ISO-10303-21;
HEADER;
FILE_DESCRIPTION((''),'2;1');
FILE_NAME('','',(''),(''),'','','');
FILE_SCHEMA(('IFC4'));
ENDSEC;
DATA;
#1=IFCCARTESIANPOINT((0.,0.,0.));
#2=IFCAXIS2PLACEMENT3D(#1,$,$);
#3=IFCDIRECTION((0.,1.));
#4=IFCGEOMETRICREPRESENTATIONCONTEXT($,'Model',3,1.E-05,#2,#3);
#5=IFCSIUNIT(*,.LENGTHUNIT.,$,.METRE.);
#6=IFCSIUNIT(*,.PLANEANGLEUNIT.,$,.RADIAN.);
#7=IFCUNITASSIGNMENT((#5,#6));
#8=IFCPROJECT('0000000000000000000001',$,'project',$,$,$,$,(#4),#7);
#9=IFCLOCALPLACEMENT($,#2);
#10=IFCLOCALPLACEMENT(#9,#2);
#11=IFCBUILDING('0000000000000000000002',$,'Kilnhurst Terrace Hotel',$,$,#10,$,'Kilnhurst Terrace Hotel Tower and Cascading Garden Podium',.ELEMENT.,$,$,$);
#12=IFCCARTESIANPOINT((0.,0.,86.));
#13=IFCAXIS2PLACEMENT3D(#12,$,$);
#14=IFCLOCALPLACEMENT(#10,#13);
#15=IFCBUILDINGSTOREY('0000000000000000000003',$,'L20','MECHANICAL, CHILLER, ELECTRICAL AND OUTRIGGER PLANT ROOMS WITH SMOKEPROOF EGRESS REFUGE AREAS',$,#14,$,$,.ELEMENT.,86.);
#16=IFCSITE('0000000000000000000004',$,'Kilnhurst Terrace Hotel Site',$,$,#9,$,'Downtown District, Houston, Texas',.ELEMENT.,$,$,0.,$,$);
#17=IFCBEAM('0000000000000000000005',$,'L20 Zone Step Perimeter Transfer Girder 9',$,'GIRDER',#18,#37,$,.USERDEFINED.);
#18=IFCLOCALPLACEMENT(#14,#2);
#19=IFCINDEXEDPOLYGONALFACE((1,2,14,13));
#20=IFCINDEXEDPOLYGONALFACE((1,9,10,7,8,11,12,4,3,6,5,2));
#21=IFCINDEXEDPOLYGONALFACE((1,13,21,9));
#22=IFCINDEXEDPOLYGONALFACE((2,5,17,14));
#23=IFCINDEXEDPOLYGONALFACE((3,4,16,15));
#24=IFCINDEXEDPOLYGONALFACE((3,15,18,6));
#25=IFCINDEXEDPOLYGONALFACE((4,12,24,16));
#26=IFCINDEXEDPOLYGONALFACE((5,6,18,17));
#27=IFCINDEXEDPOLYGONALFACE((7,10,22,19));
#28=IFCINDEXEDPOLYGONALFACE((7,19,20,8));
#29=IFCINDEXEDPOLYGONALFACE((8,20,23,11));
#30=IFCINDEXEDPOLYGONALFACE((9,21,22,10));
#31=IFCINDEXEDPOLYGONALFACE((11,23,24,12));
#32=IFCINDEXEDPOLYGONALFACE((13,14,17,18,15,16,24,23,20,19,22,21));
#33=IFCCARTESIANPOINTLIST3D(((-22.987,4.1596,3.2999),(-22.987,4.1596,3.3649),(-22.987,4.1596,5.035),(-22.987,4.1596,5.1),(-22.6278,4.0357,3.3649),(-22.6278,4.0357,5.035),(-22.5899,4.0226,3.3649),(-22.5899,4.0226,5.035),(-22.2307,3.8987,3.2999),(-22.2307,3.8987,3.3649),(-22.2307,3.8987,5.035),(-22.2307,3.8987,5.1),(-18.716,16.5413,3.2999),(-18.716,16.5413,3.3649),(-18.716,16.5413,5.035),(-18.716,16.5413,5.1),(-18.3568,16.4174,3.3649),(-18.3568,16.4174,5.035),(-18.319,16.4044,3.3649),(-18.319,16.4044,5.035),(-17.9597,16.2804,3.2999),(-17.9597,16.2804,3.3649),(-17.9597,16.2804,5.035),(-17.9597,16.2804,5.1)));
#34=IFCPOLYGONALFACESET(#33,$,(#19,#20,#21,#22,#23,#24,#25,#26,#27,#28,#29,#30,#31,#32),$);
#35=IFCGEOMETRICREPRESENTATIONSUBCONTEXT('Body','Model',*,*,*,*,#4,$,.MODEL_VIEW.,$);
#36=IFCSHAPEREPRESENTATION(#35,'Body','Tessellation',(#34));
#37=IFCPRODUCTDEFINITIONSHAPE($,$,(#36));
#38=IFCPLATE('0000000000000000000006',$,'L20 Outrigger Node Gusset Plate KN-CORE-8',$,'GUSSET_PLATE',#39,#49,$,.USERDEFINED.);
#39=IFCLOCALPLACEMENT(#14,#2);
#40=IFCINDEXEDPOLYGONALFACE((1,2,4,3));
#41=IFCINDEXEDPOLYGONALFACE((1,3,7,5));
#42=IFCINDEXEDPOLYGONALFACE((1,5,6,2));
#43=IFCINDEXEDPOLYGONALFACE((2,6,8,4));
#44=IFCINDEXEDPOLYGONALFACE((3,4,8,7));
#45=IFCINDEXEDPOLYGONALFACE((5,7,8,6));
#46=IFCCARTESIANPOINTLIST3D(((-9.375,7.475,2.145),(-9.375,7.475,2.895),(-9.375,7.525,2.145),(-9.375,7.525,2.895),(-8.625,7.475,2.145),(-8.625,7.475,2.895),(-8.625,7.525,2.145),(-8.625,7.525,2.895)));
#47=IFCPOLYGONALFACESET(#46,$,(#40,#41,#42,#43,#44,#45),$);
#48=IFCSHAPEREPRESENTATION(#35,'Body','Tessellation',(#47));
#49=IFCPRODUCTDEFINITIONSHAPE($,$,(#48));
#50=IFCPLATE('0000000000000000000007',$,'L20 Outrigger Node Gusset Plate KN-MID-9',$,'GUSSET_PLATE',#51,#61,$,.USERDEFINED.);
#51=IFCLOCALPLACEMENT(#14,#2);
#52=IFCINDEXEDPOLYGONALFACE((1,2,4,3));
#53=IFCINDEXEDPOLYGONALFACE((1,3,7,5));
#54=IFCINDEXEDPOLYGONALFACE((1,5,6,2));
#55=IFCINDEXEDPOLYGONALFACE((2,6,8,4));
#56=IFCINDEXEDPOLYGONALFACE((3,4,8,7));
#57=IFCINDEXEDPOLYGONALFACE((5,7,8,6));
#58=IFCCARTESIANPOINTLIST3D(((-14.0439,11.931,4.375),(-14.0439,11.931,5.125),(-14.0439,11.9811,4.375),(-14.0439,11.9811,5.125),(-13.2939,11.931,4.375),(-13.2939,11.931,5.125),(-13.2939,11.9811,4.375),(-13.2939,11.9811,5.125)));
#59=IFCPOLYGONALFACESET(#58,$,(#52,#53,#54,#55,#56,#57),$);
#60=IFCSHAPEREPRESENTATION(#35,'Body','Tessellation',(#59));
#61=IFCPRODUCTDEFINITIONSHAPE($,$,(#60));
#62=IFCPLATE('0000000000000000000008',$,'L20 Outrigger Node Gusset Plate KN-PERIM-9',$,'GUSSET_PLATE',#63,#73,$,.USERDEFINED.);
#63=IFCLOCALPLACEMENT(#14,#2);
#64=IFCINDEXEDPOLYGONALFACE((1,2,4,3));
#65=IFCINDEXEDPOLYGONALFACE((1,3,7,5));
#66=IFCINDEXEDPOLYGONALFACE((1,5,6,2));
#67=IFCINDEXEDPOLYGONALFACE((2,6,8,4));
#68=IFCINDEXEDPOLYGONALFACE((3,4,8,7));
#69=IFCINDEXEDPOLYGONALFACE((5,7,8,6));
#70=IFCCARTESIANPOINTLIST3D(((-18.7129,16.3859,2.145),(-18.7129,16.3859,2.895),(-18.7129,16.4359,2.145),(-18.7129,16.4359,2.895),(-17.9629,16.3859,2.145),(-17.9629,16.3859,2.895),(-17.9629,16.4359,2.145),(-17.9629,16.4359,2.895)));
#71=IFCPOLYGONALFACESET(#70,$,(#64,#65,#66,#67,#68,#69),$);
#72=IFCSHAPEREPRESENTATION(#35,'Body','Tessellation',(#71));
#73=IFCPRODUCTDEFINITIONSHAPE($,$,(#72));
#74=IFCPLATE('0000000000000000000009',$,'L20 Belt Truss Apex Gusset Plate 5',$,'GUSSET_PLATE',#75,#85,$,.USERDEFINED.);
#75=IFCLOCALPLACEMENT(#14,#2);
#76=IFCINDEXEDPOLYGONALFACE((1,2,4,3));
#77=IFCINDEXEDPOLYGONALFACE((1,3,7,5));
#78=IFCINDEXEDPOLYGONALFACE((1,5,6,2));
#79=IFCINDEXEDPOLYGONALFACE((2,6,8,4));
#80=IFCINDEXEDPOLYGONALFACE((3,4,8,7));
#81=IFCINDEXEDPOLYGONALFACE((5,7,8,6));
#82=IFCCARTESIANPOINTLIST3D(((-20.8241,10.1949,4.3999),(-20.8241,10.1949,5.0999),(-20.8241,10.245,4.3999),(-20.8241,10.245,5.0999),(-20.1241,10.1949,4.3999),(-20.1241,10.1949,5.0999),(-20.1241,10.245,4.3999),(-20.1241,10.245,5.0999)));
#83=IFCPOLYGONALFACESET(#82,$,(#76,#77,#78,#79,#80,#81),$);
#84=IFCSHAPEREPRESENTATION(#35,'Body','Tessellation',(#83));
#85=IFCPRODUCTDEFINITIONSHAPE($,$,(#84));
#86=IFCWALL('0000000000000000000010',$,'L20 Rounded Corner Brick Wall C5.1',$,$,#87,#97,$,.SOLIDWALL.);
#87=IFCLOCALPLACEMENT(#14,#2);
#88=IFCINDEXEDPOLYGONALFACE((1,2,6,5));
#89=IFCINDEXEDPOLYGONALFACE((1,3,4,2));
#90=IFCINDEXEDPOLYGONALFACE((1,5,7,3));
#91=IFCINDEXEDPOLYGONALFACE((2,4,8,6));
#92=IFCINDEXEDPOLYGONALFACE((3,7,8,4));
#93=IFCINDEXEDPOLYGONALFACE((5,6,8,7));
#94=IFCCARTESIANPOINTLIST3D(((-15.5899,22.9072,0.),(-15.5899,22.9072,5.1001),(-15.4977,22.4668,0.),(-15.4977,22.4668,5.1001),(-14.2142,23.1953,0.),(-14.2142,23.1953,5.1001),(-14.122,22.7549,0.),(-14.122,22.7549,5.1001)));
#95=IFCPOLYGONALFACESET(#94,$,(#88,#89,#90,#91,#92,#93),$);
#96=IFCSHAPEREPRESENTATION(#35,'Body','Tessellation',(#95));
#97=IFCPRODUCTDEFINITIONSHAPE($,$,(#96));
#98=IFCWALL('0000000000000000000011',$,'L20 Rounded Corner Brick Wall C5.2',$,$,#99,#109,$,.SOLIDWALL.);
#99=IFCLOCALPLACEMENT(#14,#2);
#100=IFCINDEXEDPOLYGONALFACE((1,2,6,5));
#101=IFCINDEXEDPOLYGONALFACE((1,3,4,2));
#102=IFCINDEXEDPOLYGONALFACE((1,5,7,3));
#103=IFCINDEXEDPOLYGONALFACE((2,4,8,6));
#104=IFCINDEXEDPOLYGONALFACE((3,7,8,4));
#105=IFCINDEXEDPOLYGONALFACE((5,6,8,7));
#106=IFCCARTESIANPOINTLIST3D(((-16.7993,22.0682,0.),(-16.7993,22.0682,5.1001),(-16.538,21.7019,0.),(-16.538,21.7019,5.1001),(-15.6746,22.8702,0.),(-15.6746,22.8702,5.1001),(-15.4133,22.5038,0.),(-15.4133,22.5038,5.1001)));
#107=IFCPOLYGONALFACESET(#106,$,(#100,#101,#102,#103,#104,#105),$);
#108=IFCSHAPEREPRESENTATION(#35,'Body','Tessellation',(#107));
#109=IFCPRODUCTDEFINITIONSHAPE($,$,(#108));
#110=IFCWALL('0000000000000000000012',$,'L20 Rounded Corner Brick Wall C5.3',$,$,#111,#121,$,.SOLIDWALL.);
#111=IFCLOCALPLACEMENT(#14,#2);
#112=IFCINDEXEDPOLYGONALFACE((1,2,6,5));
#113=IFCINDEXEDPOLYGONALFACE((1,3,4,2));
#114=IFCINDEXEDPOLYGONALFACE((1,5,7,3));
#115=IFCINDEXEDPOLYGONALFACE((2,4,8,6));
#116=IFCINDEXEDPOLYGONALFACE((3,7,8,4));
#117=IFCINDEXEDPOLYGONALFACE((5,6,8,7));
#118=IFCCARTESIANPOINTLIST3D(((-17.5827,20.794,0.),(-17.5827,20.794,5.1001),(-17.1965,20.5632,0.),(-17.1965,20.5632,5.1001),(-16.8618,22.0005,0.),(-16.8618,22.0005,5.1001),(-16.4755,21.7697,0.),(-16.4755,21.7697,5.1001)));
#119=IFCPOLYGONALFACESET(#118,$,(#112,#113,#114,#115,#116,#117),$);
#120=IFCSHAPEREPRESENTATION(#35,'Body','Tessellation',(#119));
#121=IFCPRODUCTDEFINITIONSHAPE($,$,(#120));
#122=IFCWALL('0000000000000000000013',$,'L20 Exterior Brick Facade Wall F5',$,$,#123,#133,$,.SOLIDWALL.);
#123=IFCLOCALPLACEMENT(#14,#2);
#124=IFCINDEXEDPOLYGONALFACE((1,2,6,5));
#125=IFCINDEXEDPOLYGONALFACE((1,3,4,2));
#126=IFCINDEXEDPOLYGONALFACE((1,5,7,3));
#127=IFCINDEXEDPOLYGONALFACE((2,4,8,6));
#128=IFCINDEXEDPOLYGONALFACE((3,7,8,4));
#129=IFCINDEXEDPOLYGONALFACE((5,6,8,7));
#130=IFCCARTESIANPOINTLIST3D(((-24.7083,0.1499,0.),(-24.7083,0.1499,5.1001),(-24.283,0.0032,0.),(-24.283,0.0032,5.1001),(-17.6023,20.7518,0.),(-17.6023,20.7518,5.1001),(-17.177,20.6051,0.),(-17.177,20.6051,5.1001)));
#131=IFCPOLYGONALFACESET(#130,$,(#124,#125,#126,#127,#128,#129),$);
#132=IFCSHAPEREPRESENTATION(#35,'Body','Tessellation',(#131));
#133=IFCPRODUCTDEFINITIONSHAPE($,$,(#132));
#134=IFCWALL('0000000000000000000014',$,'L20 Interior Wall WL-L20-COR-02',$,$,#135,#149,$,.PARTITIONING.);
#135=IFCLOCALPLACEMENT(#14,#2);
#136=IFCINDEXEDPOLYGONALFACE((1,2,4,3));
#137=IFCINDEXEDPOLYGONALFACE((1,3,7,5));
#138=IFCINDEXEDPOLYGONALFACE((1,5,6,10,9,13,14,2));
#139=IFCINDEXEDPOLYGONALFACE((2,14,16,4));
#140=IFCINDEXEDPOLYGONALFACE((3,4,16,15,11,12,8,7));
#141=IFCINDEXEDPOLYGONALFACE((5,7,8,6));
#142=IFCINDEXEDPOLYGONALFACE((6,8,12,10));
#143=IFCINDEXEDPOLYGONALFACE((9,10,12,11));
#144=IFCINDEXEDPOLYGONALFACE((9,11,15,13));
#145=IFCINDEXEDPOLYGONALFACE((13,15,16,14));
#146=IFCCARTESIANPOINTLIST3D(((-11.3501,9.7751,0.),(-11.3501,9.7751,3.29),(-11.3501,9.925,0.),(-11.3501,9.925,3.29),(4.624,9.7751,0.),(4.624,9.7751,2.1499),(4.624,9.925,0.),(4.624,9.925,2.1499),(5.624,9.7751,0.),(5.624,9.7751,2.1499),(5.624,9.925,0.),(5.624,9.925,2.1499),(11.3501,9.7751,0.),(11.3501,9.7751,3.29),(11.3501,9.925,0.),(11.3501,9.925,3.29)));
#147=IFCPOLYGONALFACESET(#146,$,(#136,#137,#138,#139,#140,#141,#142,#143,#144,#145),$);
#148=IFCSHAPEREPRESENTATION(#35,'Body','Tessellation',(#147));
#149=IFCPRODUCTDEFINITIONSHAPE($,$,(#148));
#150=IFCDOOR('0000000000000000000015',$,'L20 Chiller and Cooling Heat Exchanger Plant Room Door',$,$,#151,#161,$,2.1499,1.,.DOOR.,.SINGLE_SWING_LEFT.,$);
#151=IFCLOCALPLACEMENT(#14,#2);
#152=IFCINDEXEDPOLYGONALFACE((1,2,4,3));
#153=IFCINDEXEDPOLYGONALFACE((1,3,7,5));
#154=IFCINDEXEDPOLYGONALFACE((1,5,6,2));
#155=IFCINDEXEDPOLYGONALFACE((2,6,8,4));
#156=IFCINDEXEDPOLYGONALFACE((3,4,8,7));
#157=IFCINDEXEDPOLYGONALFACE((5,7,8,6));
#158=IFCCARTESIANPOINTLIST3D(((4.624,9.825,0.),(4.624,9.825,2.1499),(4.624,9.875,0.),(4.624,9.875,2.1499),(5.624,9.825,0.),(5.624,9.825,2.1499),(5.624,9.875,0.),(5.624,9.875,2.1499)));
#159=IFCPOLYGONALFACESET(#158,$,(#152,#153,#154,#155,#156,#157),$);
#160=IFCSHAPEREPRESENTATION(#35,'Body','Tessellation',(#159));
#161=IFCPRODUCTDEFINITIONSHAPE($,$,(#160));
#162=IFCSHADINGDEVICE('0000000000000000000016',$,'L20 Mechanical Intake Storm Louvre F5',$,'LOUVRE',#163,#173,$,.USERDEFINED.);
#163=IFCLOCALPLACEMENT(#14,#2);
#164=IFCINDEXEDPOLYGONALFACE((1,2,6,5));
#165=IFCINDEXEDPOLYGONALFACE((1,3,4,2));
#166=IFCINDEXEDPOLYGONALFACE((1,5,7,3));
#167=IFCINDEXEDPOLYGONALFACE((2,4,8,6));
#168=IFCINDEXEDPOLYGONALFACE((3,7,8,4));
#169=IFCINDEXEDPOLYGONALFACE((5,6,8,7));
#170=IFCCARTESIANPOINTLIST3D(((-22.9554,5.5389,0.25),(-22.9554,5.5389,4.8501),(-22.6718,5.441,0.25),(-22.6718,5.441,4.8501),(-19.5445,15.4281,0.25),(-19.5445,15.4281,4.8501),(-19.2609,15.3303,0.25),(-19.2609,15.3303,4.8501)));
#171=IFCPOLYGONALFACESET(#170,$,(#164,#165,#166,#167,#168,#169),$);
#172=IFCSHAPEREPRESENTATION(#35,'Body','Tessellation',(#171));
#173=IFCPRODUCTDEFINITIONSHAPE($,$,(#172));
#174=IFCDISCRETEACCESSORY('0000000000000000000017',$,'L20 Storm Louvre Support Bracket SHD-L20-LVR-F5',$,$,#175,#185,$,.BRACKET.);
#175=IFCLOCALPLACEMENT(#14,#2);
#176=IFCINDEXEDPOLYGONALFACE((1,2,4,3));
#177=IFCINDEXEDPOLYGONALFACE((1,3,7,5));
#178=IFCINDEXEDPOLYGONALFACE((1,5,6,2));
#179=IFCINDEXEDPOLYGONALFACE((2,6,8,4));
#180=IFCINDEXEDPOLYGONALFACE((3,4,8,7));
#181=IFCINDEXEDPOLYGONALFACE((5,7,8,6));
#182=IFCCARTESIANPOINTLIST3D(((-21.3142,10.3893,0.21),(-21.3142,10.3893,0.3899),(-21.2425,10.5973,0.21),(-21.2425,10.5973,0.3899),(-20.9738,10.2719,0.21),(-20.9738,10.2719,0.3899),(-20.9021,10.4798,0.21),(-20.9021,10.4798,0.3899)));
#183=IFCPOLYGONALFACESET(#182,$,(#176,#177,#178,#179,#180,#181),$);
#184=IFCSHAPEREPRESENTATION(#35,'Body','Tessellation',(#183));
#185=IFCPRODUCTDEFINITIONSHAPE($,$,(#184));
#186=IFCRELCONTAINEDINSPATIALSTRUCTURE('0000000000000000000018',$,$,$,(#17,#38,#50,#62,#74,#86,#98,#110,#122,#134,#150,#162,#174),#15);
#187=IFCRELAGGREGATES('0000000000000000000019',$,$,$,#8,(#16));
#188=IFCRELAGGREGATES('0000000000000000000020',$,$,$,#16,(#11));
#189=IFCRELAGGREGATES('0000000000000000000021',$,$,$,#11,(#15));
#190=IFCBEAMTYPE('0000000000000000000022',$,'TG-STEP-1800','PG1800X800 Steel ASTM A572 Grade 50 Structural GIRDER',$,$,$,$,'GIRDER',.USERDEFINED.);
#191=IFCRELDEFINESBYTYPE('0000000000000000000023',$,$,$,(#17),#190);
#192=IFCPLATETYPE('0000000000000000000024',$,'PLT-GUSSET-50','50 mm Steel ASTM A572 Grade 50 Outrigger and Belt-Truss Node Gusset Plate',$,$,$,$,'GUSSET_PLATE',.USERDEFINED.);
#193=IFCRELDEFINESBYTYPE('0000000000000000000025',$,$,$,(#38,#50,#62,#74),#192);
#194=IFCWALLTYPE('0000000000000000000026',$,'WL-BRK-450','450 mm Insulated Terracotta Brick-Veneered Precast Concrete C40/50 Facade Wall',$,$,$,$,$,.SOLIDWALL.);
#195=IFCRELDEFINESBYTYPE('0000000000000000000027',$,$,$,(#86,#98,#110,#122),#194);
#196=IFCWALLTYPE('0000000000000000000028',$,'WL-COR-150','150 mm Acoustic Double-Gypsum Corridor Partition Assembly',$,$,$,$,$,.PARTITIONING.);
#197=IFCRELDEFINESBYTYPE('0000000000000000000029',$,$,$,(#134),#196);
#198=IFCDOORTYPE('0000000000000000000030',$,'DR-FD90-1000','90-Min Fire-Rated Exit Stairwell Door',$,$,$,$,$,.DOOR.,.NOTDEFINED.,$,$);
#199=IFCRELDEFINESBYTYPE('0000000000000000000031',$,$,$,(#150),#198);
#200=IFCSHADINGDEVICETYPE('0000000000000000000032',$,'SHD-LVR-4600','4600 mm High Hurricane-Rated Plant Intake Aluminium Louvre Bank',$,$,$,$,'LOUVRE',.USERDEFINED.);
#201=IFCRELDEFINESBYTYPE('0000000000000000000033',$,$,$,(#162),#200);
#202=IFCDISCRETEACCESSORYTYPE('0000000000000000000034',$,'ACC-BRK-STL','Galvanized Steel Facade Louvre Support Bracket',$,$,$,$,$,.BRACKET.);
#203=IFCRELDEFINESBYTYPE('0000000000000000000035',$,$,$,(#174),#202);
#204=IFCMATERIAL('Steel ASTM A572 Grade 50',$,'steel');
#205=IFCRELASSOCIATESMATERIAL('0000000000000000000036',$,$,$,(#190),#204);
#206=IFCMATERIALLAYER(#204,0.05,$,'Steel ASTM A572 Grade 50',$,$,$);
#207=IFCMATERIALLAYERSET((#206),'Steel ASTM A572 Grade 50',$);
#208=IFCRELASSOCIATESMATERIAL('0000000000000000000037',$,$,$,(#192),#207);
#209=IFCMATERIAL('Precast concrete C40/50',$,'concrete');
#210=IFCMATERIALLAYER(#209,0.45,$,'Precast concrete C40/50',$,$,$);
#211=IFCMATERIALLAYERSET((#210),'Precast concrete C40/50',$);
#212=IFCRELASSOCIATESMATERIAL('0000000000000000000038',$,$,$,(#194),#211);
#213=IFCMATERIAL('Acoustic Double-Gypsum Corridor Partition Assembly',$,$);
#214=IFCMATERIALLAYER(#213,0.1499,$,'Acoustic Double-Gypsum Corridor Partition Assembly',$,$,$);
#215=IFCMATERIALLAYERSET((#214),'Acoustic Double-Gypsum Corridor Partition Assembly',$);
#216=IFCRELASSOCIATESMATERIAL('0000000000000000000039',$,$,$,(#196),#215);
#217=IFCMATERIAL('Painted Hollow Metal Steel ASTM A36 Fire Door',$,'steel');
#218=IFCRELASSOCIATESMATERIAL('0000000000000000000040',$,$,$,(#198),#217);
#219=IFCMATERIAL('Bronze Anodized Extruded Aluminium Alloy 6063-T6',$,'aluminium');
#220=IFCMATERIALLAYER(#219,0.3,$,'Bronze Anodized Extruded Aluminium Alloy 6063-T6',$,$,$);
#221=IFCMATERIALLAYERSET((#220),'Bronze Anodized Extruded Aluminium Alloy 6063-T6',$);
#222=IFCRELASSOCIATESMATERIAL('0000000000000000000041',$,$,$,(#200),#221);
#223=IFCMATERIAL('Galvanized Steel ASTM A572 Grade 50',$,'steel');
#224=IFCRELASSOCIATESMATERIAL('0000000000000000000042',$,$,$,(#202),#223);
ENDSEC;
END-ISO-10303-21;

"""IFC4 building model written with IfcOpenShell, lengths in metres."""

from ifc_helpers import new_model, si_unit, direction, frame, frame_2d, origin, origin_2d, place, context, subcontext, project, spatial, rectangle, i_section, extrude, material, layer, layer_set, material_profile, profile_set, type_object, element, fill, save


model = new_model("IFC4")

# Units and contexts
model_context = context("Model", 3, precision=1e-05, world=origin(), true_north=direction((0.0, 1.0)))
body_context = subcontext(model_context, "Body", "Model", "MODEL_VIEW")
ifc_project = project(units=[si_unit("LENGTHUNIT", "METRE"), si_unit("PLANEANGLEUNIT", "RADIAN")], contexts=[model_context])

# Site, building, storey
site_placement = place(None, origin())
site = spatial("IfcSite", under=ifc_project, at=site_placement, Name="Kilnhurst Terrace Hotel Site", LongName="Downtown District, Houston, Texas", CompositionType="ELEMENT", RefElevation=0.0)
building_placement = place(site_placement, origin())
building = spatial("IfcBuilding", under=site, at=building_placement, Name="Kilnhurst Terrace Hotel", LongName="Kilnhurst Terrace Hotel Tower and Cascading Garden Podium", CompositionType="ELEMENT")
storey_placement = place(building_placement, frame((0.0, 0.0, 86.0)))
storey = spatial("IfcBuildingStorey", under=building, at=storey_placement, Name="L20", Description="MECHANICAL, CHILLER, ELECTRICAL AND OUTRIGGER PLANT ROOMS WITH SMOKEPROOF EGRESS REFUGE AREAS", CompositionType="ELEMENT", Elevation=86.0)

# Beam
ifc_material_1 = material(Name="Steel ASTM A572 Grade 50", Category="steel")
ifc_material_profile_1 = material_profile(ifc_material_1, i_section(OverallWidth=0.8, OverallDepth=1.8, WebThickness=0.04, FlangeThickness=0.0649, at=origin_2d()), Name="PG1800X800")
ifc_profile_set_1 = profile_set([ifc_material_profile_1], Name="Steel ASTM A572 Grade 50")
beam_type_1 = type_object("IfcBeamType", Name="TG-STEP-1800", Description="PG1800X800 Steel ASTM A572 Grade 50 Structural GIRDER", ElementType="GIRDER", PredefinedType="USERDEFINED", material=ifc_profile_set_1)
beam_1_placement = place(storey_placement, frame((-18.3379, 16.4109, 4.2), z_axis=(-0.326086, -0.94534, 0.0), x_axis=(0.94534, -0.326086, 0.0)))
element("IfcBeam", 1, at=beam_1_placement, inside=storey, type_object=beam_type_1, Name="L20 Zone Step Perimeter Transfer Girder 9", ObjectType="GIRDER", PredefinedType="USERDEFINED", context=body_context, shape_type="SweptSolid", body=[
    extrude(i_section(OverallWidth=0.8, OverallDepth=1.8, WebThickness=0.04, FlangeThickness=0.0649, at=origin_2d()), origin(), (0.0, 0.0, 1.0), 13.0977),
])

# Plates
ifc_layer_1 = layer(ifc_material_1, 0.05, Name="Steel ASTM A572 Grade 50")
ifc_layer_set_1 = layer_set([ifc_layer_1], Name="Steel ASTM A572 Grade 50")
plate_type = type_object("IfcPlateType", Name="PLT-GUSSET-50", Description="50 mm Steel ASTM A572 Grade 50 Outrigger and Belt-Truss Node Gusset Plate", ElementType="GUSSET_PLATE", PredefinedType="USERDEFINED", material=ifc_layer_set_1)
for number, where, z_axis, x_axis, name in (
    (2, (-9.0, 7.5, 2.145), (0.0, 0.0, 1.0), (1.0, 0.0, 0.0), "L20 Outrigger Node Gusset Plate KN-CORE-8"),
    (3, (-13.6689, 11.9561, 4.375), (0.0, 0.0, 1.0), (1.0, 0.0, 0.0), "L20 Outrigger Node Gusset Plate KN-MID-9"),
    (4, (-18.3379, 16.4109, 2.145), (0.0, 0.0, 1.0), (1.0, 0.0, 0.0), "L20 Outrigger Node Gusset Plate KN-PERIM-9"),
):
    element("IfcPlate", number, at=place(storey_placement, frame(where, z_axis=z_axis, x_axis=x_axis)), inside=storey, type_object=plate_type, Name=name, ObjectType="GUSSET_PLATE", PredefinedType="USERDEFINED", context=body_context, shape_type="SweptSolid", body=[
        extrude(rectangle(XDim=0.75, YDim=0.05, at=origin_2d()), origin(), (0.0, 0.0, 1.0), 0.75),
    ])
plate_placement = place(storey_placement, frame((-20.4741, 10.22, 4.3999), z_axis=(0.0, 0.0, 1.0), x_axis=(1.0, 0.0, 0.0)))
element("IfcPlate", 5, at=plate_placement, inside=storey, type_object=plate_type, Name="L20 Belt Truss Apex Gusset Plate 5", ObjectType="GUSSET_PLATE", PredefinedType="USERDEFINED", context=body_context, shape_type="SweptSolid", body=[
    extrude(rectangle(XDim=0.7, YDim=0.05, at=origin_2d()), origin(), (0.0, 0.0, 1.0), 0.7),
])

# Walls
ifc_material_2 = material(Name="Precast concrete C40/50", Category="concrete")
ifc_layer_2 = layer(ifc_material_2, 0.45, Name="Precast concrete C40/50")
ifc_layer_set_2 = layer_set([ifc_layer_2], Name="Precast concrete C40/50")
wall_type_1 = type_object("IfcWallType", Name="WL-BRK-450", Description="450 mm Insulated Terracotta Brick-Veneered Precast Concrete C40/50 Facade Wall", PredefinedType="SOLIDWALL", material=ifc_layer_set_2)
wall_1_placement = place(storey_placement, frame((-14.1682, 22.9751, 0.0), z_axis=(0.0, 0.0, 1.0), x_axis=(-0.97877, -0.20496, 0.0)))
element("IfcWall", 6, at=wall_1_placement, inside=storey, type_object=wall_type_1, Name="L20 Rounded Corner Brick Wall C5.1", PredefinedType="SOLIDWALL", context=body_context, shape_type="SweptSolid", body=[
    extrude(rectangle(XDim=1.4055, YDim=0.45, at=frame_2d((0.7026, 0.0))), origin(), (0.0, 0.0, 1.0), 5.1001),
])
wall_2_placement = place(storey_placement, frame((-15.5439, 22.687, 0.0), z_axis=(0.0, 0.0, 1.0), x_axis=(-0.814211, -0.580569, 0.0)))
element("IfcWall", 7, at=wall_2_placement, inside=storey, type_object=wall_type_1, Name="L20 Rounded Corner Brick Wall C5.2", PredefinedType="SOLIDWALL", context=body_context, shape_type="SweptSolid", body=[
    extrude(rectangle(XDim=1.3813, YDim=0.45, at=frame_2d((0.6907, 0.0))), origin(), (0.0, 0.0, 1.0), 5.1001),
])
wall_3_placement = place(storey_placement, frame((-16.6687, 21.885, 0.0), z_axis=(0.0, 0.0, 1.0), x_axis=(-0.512937, -0.858426, 0.0)))
element("IfcWall", 8, at=wall_3_placement, inside=storey, type_object=wall_type_1, Name="L20 Rounded Corner Brick Wall C5.3", PredefinedType="SOLIDWALL", context=body_context, shape_type="SweptSolid", body=[
    extrude(rectangle(XDim=1.4055, YDim=0.45, at=frame_2d((0.7026, 0.0))), origin(), (0.0, 0.0, 1.0), 5.1001),
])
wall_4_placement = place(storey_placement, frame((-17.3896, 20.6785, 0.0), z_axis=(0.0, 0.0, 1.0), x_axis=(-0.326068, -0.945346, 0.0)))
element("IfcWall", 9, at=wall_4_placement, inside=storey, type_object=wall_type_1, Name="L20 Exterior Brick Facade Wall F5", PredefinedType="SOLIDWALL", context=body_context, shape_type="SweptSolid", body=[
    extrude(rectangle(XDim=21.793, YDim=0.45, at=frame_2d((10.8965, 0.0))), origin(), (0.0, 0.0, 1.0), 5.1001),
])

# Wall, opening, door
ifc_material_3 = material(Name="Acoustic Double-Gypsum Corridor Partition Assembly")
ifc_layer_3 = layer(ifc_material_3, 0.1499, Name="Acoustic Double-Gypsum Corridor Partition Assembly")
ifc_layer_set_3 = layer_set([ifc_layer_3], Name="Acoustic Double-Gypsum Corridor Partition Assembly")
wall_type_2 = type_object("IfcWallType", Name="WL-COR-150", Description="150 mm Acoustic Double-Gypsum Corridor Partition Assembly", PredefinedType="PARTITIONING", material=ifc_layer_set_3)
wall_5_placement = place(storey_placement, frame((-11.3501, 9.8501, 0.0), z_axis=(0.0, 0.0, 1.0), x_axis=(1.0, 0.0, 0.0)))
wall_5 = element("IfcWall", 10, at=wall_5_placement, inside=storey, type_object=wall_type_2, Name="L20 Interior Wall WL-L20-COR-02", PredefinedType="PARTITIONING", context=body_context, shape_type="SweptSolid", body=[
    extrude(rectangle(XDim=22.7002, YDim=0.1499, at=frame_2d((11.3501, 0.0))), origin(), (0.0, 0.0, 1.0), 3.29),
])
opening_placement = place(wall_5_placement, frame((15.9741, 0.0, 0.0)))
opening = element("IfcOpeningElement", 11, at=opening_placement, cuts=wall_5, PredefinedType="OPENING", context=body_context, shape_type="SweptSolid", body=[
    extrude(rectangle(XDim=1.0, YDim=2.1499, at=frame_2d((0.5, 1.075))), frame((0.0, 0.085, 0.0), z_axis=(0.0, -1.0, 0.0), x_axis=(1.0, 0.0, 0.0)), (0.0, 0.0, 1.0), 0.1699),
])
ifc_material_4 = material(Name="Painted Hollow Metal Steel ASTM A36 Fire Door", Category="steel")
door_type = type_object("IfcDoorType", Name="DR-FD90-1000", Description="90-Min Fire-Rated Exit Stairwell Door", OperationType="NOTDEFINED", PredefinedType="DOOR", material=ifc_material_4)
door_placement = place(opening_placement, origin())
door = element("IfcDoor", 12, at=door_placement, inside=storey, type_object=door_type, Name="L20 Chiller and Cooling Heat Exchanger Plant Room Door", OperationType="SINGLE_SWING_LEFT", OverallHeight=2.1499, OverallWidth=1.0, PredefinedType="DOOR", context=body_context, shape_type="SweptSolid", body=[
    extrude(rectangle(XDim=1.0, YDim=2.1499, at=frame_2d((0.5, 1.075))), frame((0.0, 0.0249, 0.0), z_axis=(0.0, -1.0, 0.0), x_axis=(1.0, 0.0, 0.0)), (0.0, 0.0, 1.0), 0.05),
])
fill(opening, door)

# Shading device
ifc_material_5 = material(Name="Bronze Anodized Extruded Aluminium Alloy 6063-T6", Category="aluminium")
ifc_layer_4 = layer(ifc_material_5, 0.3, Name="Bronze Anodized Extruded Aluminium Alloy 6063-T6")
ifc_layer_set_4 = layer_set([ifc_layer_4], Name="Bronze Anodized Extruded Aluminium Alloy 6063-T6")
shading_device_type = type_object("IfcShadingDeviceType", Name="SHD-LVR-4600", Description="4600 mm High Hurricane-Rated Plant Intake Aluminium Louvre Bank", ElementType="LOUVRE", PredefinedType="USERDEFINED", material=ifc_layer_set_4)
shading_device_placement = place(storey_placement, frame((-21.1082, 10.4346, 0.25), z_axis=(0.0, 0.0, 1.0), x_axis=(-0.326063, -0.945348, 0.0)))
element("IfcShadingDevice", 13, at=shading_device_placement, inside=storey, type_object=shading_device_type, Name="L20 Mechanical Intake Storm Louvre F5", ObjectType="LOUVRE", PredefinedType="USERDEFINED", context=body_context, shape_type="SweptSolid", body=[
    extrude(rectangle(XDim=10.4609, YDim=0.3, at=origin_2d()), origin(), (0.0, 0.0, 1.0), 4.6001),
])

# Discrete accessory
ifc_material_6 = material(Name="Galvanized Steel ASTM A572 Grade 50", Category="steel")
discrete_accessory_type = type_object("IfcDiscreteAccessoryType", Name="ACC-BRK-STL", Description="Galvanized Steel Facade Louvre Support Bracket", PredefinedType="BRACKET", material=ifc_material_6)
discrete_accessory_placement = place(storey_placement, frame((-21.1082, 10.4346, 0.21), z_axis=(0.0, 0.0, 1.0), x_axis=(-0.326063, -0.945348, 0.0)))
element("IfcDiscreteAccessory", 14, at=discrete_accessory_placement, inside=storey, type_object=discrete_accessory_type, Name="L20 Storm Louvre Support Bracket SHD-L20-LVR-F5", PredefinedType="BRACKET", context=body_context, shape_type="SweptSolid", body=[
    extrude(rectangle(XDim=0.22, YDim=0.3601, at=origin_2d()), origin(), (0.0, 0.0, 1.0), 0.1799),
])

save(model, "model.ifc")
